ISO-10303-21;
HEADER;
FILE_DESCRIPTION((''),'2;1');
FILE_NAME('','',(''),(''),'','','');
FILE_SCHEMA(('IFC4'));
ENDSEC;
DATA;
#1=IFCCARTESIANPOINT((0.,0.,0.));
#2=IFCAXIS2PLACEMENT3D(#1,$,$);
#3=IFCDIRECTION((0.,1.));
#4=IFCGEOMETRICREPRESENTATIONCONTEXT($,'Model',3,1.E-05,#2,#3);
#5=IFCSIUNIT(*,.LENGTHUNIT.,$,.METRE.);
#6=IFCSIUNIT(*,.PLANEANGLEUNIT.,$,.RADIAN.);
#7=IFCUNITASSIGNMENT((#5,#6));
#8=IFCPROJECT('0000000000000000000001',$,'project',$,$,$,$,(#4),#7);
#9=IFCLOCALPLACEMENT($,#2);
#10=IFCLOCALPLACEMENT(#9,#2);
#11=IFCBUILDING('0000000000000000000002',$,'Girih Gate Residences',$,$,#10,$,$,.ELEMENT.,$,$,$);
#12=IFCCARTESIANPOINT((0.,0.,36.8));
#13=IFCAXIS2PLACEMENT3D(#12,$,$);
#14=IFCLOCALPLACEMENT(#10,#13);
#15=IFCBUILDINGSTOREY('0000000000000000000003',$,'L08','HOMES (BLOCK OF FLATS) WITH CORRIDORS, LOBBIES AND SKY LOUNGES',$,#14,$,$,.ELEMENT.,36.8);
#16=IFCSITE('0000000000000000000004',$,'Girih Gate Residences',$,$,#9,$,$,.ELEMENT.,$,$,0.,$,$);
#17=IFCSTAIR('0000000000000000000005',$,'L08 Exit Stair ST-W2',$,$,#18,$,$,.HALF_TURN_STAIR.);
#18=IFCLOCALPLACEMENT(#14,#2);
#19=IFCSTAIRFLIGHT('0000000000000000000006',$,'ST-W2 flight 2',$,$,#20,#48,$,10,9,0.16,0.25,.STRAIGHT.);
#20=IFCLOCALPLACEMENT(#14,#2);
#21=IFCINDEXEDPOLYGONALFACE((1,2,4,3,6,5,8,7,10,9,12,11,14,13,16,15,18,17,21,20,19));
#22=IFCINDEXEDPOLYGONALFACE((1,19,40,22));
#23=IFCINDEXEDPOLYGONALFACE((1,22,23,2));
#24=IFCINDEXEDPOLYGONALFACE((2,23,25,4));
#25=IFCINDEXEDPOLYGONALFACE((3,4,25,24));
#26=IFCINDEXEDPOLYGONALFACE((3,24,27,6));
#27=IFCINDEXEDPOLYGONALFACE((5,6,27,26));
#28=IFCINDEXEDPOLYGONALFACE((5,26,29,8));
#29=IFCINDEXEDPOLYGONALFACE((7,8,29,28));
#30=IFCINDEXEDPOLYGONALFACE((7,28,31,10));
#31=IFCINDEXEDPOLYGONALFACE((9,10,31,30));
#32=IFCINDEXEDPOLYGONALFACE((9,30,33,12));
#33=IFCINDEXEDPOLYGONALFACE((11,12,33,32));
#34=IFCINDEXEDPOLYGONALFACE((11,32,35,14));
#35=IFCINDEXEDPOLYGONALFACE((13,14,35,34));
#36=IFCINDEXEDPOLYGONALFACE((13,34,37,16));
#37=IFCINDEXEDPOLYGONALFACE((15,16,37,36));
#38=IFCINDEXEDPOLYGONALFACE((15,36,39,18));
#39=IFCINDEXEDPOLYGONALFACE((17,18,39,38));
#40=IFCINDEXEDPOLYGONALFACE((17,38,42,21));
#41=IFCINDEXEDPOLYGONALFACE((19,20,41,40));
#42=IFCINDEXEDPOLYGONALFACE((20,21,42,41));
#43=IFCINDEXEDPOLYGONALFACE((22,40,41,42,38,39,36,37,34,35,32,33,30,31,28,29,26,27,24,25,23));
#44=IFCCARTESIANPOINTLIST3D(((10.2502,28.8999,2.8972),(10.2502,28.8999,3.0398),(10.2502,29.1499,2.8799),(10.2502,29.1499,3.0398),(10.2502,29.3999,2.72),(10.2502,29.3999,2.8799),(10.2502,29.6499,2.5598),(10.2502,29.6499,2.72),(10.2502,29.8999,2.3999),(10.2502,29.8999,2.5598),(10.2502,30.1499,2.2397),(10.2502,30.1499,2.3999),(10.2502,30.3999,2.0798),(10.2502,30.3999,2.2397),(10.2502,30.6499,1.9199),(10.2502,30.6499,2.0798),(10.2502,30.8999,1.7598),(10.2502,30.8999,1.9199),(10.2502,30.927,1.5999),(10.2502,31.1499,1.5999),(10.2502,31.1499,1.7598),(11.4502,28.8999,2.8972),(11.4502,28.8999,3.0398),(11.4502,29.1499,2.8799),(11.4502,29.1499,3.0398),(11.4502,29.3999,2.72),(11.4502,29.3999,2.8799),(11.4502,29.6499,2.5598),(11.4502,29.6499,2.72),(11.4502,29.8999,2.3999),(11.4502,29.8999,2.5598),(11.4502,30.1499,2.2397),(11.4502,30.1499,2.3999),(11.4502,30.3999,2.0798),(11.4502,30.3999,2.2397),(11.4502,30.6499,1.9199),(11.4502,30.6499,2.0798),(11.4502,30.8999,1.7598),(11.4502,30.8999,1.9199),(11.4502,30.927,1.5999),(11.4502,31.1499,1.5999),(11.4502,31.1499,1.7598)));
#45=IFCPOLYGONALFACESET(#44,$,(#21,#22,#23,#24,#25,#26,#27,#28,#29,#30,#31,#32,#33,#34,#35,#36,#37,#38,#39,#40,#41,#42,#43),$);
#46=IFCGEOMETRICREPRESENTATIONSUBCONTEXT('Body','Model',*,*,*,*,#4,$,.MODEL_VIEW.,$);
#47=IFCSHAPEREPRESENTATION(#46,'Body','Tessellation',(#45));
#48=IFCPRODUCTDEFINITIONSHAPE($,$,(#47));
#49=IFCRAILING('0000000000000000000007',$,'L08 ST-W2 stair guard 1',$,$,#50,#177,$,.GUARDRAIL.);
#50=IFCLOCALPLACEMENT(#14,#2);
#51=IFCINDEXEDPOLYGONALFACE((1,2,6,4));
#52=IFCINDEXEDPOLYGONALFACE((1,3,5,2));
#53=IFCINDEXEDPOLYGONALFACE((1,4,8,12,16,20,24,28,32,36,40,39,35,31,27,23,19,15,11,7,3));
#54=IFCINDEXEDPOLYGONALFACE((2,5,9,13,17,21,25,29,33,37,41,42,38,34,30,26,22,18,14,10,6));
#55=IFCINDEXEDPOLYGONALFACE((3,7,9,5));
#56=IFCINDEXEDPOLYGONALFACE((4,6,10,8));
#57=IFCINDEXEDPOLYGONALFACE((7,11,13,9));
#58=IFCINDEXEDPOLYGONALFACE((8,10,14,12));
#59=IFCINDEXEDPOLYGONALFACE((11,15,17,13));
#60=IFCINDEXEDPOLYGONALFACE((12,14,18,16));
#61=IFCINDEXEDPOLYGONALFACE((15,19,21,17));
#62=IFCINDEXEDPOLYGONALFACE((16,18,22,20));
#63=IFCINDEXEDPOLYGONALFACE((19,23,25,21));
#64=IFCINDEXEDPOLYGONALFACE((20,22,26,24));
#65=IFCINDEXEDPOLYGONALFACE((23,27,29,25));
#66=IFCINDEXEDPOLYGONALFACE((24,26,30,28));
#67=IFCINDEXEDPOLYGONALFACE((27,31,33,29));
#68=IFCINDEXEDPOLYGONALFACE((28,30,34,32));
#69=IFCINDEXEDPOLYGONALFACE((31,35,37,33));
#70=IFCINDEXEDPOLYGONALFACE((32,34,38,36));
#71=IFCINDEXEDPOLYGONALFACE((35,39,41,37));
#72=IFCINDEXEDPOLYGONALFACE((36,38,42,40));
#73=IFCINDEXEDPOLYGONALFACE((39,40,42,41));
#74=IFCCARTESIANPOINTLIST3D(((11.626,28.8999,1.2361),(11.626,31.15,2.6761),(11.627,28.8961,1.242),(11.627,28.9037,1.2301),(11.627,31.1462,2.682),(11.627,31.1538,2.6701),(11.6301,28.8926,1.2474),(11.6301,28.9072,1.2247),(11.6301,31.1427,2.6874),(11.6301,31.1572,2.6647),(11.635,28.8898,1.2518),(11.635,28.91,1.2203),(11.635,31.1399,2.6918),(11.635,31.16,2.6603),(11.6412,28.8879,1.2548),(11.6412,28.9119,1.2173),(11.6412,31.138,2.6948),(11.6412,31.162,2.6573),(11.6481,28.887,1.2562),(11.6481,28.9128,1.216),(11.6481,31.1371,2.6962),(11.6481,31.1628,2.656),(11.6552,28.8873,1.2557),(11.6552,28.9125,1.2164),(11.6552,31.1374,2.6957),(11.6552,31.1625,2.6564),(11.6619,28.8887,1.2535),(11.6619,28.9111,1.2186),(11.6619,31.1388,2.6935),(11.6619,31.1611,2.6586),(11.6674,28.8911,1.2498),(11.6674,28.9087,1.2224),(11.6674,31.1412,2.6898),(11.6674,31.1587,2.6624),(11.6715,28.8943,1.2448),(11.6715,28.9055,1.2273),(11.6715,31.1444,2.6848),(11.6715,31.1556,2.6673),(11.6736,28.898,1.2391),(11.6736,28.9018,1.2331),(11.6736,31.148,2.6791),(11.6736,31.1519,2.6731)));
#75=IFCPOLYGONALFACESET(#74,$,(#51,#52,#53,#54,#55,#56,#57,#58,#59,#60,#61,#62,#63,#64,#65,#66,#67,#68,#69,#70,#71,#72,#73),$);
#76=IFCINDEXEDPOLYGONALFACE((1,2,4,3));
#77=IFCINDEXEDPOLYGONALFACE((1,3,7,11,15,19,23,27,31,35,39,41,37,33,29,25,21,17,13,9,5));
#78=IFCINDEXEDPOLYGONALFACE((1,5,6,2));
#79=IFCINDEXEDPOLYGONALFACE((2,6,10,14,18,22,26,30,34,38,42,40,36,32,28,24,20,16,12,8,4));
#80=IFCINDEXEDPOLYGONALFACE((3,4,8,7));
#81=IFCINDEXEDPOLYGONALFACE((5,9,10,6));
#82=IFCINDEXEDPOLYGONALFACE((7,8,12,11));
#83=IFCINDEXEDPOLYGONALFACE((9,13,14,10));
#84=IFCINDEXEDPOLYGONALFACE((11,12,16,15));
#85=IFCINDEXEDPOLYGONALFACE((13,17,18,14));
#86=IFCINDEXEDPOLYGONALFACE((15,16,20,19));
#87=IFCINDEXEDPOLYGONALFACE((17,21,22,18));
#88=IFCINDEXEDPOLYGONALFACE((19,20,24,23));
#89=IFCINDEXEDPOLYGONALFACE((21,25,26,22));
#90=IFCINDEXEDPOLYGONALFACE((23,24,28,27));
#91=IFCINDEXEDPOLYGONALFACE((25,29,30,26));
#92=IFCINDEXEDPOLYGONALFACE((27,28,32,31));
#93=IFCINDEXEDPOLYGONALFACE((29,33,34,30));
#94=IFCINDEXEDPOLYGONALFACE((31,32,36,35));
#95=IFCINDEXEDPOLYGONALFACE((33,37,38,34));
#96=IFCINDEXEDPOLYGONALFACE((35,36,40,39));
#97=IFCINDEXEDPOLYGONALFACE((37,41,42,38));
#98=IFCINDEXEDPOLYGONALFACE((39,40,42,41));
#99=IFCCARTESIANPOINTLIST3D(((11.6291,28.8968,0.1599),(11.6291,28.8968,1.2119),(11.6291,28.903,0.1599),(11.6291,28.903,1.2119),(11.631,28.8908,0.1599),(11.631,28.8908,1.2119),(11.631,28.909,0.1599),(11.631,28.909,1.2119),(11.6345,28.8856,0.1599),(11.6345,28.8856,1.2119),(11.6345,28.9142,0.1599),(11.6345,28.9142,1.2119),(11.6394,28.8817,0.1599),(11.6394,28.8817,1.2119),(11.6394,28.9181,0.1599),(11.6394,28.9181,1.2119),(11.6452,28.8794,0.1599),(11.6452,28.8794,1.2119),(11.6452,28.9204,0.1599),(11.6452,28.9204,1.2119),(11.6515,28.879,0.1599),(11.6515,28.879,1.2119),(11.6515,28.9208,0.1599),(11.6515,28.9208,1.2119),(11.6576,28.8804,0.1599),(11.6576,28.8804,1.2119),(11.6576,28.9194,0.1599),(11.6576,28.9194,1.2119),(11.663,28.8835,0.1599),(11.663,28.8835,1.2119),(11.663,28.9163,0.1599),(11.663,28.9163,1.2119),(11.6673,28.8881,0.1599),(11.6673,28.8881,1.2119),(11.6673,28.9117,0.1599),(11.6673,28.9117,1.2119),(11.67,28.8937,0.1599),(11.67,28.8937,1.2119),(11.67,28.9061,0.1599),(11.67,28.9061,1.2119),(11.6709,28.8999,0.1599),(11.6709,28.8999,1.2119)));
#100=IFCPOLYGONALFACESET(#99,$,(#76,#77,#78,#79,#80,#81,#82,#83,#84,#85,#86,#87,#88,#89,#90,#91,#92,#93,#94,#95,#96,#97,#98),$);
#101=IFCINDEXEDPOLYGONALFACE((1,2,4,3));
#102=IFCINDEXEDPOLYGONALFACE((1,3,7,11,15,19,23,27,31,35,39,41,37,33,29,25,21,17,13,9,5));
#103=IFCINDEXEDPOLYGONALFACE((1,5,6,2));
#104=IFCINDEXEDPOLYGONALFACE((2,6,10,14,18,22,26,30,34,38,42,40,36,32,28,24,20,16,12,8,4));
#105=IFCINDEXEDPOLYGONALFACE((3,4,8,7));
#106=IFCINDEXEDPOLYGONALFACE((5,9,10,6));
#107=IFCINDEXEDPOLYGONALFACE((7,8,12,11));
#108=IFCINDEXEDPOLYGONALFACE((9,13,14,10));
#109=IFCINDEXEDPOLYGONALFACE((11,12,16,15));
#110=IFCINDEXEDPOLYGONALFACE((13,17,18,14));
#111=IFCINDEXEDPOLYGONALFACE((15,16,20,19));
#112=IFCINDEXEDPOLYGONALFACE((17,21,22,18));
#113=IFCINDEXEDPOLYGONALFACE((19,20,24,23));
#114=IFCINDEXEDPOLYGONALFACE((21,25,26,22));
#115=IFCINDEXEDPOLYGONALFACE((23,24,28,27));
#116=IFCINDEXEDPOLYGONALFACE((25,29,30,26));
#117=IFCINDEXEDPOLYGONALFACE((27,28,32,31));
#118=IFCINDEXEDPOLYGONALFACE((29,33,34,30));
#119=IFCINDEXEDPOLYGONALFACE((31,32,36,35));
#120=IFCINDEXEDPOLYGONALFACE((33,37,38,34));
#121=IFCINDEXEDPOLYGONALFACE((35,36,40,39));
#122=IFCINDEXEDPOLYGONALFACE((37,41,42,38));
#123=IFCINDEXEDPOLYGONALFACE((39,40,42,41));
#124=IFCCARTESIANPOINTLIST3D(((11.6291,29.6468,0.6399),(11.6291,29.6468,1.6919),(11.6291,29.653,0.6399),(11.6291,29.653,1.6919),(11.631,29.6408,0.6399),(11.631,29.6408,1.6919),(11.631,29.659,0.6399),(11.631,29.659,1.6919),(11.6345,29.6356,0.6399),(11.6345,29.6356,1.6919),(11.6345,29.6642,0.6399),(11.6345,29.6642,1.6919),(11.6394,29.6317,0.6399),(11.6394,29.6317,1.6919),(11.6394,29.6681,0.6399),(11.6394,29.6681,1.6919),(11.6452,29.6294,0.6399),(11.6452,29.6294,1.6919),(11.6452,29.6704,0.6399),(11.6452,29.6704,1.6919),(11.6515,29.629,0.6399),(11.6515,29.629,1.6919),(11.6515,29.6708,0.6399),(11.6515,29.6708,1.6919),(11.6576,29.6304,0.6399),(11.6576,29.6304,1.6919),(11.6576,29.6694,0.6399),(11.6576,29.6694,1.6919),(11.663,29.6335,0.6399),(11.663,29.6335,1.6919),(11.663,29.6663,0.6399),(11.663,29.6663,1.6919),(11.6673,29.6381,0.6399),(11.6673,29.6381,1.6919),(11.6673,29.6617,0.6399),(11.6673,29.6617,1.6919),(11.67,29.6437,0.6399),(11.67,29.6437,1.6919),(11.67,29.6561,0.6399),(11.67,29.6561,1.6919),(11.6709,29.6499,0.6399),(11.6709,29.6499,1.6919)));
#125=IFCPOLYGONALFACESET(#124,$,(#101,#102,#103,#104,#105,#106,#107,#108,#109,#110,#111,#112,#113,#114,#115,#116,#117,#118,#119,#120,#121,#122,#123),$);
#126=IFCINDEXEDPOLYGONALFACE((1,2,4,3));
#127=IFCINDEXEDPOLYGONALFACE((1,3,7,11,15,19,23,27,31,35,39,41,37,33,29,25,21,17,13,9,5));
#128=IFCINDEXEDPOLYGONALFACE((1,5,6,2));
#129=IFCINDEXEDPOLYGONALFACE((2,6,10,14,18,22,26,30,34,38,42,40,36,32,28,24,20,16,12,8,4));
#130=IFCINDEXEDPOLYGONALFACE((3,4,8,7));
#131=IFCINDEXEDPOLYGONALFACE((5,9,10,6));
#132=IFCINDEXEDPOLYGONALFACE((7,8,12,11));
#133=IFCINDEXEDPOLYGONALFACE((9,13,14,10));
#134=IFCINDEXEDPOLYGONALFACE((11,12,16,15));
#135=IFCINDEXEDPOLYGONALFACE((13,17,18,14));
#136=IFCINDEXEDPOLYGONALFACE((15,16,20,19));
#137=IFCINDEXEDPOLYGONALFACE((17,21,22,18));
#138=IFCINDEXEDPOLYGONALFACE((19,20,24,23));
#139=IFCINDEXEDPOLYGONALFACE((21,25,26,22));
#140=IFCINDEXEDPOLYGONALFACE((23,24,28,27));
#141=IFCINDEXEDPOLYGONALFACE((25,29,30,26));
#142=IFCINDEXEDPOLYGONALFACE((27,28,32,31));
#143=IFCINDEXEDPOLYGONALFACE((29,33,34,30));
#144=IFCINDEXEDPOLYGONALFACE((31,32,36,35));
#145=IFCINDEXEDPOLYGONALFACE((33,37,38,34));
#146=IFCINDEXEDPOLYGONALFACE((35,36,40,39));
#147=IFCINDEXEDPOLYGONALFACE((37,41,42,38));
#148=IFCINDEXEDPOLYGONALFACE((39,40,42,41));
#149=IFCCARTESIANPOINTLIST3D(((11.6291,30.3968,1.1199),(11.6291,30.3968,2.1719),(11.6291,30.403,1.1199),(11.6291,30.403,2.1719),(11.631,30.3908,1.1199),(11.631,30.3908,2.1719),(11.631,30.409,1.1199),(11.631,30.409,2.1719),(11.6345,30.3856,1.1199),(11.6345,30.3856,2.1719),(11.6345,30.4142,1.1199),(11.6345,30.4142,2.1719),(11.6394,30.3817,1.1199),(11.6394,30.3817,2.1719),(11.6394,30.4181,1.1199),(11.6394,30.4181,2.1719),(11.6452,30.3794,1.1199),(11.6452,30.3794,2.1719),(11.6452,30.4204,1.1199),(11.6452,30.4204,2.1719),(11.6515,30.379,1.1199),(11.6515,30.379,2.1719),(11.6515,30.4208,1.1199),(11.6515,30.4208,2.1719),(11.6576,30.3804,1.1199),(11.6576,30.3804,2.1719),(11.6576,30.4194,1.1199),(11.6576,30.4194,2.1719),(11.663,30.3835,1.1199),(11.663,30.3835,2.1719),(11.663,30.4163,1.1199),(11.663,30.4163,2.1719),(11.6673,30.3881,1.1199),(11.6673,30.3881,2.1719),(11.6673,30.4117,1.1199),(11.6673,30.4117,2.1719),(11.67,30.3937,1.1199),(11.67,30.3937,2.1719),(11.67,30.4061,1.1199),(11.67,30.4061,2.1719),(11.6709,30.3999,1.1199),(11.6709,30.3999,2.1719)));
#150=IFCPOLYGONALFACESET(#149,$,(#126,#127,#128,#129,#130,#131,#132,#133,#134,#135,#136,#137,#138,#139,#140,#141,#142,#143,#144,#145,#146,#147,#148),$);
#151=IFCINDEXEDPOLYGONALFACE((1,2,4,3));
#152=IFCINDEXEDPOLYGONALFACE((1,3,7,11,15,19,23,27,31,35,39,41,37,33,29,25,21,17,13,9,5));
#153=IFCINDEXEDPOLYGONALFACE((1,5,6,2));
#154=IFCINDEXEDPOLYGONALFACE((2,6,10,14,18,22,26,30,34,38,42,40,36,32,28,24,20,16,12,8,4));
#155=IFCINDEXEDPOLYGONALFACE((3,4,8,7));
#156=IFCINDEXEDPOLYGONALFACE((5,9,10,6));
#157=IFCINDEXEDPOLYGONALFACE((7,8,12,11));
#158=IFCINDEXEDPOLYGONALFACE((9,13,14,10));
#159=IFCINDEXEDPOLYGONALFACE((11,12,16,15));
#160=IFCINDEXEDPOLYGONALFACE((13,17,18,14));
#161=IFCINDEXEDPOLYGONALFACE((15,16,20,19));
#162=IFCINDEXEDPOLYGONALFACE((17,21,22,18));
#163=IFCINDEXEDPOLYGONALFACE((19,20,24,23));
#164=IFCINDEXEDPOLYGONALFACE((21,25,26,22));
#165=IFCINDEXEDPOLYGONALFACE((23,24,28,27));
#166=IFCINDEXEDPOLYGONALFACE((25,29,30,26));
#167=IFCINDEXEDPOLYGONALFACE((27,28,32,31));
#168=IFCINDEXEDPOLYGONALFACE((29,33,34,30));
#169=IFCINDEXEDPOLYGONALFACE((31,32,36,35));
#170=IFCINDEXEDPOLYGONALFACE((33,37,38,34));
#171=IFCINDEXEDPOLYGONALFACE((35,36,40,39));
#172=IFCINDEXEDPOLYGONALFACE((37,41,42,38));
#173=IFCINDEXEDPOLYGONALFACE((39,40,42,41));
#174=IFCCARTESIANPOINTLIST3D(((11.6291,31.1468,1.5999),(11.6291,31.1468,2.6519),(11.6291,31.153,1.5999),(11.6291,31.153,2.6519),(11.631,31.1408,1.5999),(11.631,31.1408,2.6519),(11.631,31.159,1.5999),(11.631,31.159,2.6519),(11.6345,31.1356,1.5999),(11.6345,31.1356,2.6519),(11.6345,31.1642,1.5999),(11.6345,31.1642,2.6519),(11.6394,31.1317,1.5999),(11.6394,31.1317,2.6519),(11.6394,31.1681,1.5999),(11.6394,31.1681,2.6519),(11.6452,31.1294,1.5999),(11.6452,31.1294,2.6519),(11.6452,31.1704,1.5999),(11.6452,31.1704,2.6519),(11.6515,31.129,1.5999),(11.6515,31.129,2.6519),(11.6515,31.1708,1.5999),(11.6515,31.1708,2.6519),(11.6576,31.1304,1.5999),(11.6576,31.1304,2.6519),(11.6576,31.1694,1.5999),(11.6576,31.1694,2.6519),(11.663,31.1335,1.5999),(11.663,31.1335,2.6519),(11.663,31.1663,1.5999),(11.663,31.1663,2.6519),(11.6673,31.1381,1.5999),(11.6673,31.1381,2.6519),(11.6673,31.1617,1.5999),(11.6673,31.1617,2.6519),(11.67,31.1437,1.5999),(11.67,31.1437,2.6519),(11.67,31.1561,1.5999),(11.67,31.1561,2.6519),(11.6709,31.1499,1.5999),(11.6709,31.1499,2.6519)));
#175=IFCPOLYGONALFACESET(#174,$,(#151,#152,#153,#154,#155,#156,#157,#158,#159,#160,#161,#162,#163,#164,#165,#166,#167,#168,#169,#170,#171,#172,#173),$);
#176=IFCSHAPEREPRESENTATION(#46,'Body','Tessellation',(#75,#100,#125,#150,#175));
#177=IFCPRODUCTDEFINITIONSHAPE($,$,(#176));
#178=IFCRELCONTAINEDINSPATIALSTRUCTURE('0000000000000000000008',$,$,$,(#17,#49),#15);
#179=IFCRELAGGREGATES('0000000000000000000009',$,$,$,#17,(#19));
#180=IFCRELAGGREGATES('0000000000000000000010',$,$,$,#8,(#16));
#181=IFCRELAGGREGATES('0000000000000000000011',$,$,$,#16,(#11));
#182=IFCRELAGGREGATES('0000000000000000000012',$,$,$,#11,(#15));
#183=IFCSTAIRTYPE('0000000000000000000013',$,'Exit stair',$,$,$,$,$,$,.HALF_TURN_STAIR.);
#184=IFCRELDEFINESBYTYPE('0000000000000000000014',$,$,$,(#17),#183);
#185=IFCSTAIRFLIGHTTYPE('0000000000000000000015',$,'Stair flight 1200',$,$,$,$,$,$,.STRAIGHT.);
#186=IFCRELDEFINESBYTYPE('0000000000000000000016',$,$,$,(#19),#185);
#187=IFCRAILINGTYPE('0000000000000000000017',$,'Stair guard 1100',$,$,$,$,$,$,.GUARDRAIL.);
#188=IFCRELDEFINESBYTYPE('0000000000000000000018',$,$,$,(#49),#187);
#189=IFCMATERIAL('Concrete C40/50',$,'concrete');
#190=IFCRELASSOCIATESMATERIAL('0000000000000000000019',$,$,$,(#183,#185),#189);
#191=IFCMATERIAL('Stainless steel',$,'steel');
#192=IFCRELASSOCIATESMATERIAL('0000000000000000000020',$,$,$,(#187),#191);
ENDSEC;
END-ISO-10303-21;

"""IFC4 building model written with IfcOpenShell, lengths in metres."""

from ifc_helpers import new_model, si_unit, direction, frame, origin, origin_2d, place, context, subcontext, project, spatial, polyline, circle, outline, extrude, material, type_object, element, aggregate, save


model = new_model("IFC4")

# Units and contexts
model_context = context("Model", 3, precision=1e-05, world=origin(), true_north=direction((0.0, 1.0)))
body_context = subcontext(model_context, "Body", "Model", "MODEL_VIEW")
ifc_project = project(units=[si_unit("LENGTHUNIT", "METRE"), si_unit("PLANEANGLEUNIT", "RADIAN")], contexts=[model_context])

# Site, building, storey
site_placement = place(None, origin())
site = spatial("IfcSite", under=ifc_project, at=site_placement, Name="Girih Gate Residences", CompositionType="ELEMENT", RefElevation=0.0)
building_placement = place(site_placement, origin())
building = spatial("IfcBuilding", under=site, at=building_placement, Name="Girih Gate Residences", CompositionType="ELEMENT")
storey_placement = place(building_placement, frame((0.0, 0.0, 36.8)))
storey = spatial("IfcBuildingStorey", under=building, at=storey_placement, Name="L08", Description="HOMES (BLOCK OF FLATS) WITH CORRIDORS, LOBBIES AND SKY LOUNGES", CompositionType="ELEMENT", Elevation=36.8)

# Shared definitions
ifc_material_1 = material(Name="Concrete C40/50", Category="concrete")

# Stair, stair flight
stair_type = type_object("IfcStairType", Name="Exit stair", PredefinedType="HALF_TURN_STAIR", material=ifc_material_1)
stair_placement = place(storey_placement, origin())
stair = element("IfcStair", 1, at=stair_placement, inside=storey, type_object=stair_type, Name="L08 Exit Stair ST-W2", PredefinedType="HALF_TURN_STAIR")
stair_flight_type = type_object("IfcStairFlightType", Name="Stair flight 1200", PredefinedType="STRAIGHT", material=ifc_material_1)
stair_flight_1_placement = place(storey_placement, frame((10.8501, 31.1499, 1.5999), z_axis=(0.0, 0.0, 1.0), x_axis=(0.0, -1.0, 0.0)))
stair_flight_1 = element("IfcStairFlight", 2, at=stair_flight_1_placement, type_object=stair_flight_type, Name="ST-W2 flight 2", NumberOfRisers=10, NumberOfTreads=9, PredefinedType="STRAIGHT", RiserHeight=0.16, TreadLength=0.25, context=body_context, shape_type="SweptSolid", body=[
    extrude(outline(polyline([(0.0, 0.0), (0.0, 0.1599), (0.25, 0.1599), (0.25, 0.3201), (0.5, 0.3201), (0.5, 0.48), (0.75, 0.48), (0.75, 0.6399), (1.0, 0.6399), (1.0, 0.8), (1.25, 0.8), (1.25, 0.96), (1.5, 0.96), (1.5, 1.1201), (1.75, 1.1201), (1.75, 1.28), (2.0, 1.28), (2.0, 1.4399), (2.25, 1.4399), (2.25, 1.6001), (2.25, 1.2974), (0.2229, 0.0), (0.0, 0.0)])), frame((0.0, 0.6001, 0.0), z_axis=(0.0, -1.0, 0.0), x_axis=(1.0, 0.0, 0.0)), (0.0, 0.0, 1.0), 1.2),
])
aggregate(stair, [stair_flight_1])

# Railing
ifc_material_2 = material(Name="Stainless steel", Category="steel")
railing_type_1 = type_object("IfcRailingType", Name="Stair guard 1100", PredefinedType="GUARDRAIL", material=ifc_material_2)
railing_1_placement = place(storey_placement, frame((11.6499, 28.8999, 0.1599)))
element("IfcRailing", 3, at=railing_1_placement, inside=storey, type_object=railing_type_1, Name="L08 ST-W2 stair guard 1", PredefinedType="GUARDRAIL", context=body_context, shape_type="SweptSolid", body=[
    extrude(circle(Radius=0.0239, at=origin_2d()), frame((0.0, 0.0, 1.0762), z_axis=(0.0, 0.842281, 0.539038), x_axis=(-1.0, 0.0, 0.0)), (0.0, 0.0, 1.0), 2.6714),
    extrude(circle(Radius=0.021, at=origin_2d()), origin(), (0.0, 0.0, 1.0), 1.052),
    extrude(circle(Radius=0.021, at=origin_2d()), frame((0.0, 0.75, 0.48)), (0.0, 0.0, 1.0), 1.052),
    extrude(circle(Radius=0.021, at=origin_2d()), frame((0.0, 1.5, 0.96)), (0.0, 0.0, 1.0), 1.052),
    extrude(circle(Radius=0.021, at=origin_2d()), frame((0.0, 2.25, 1.4399)), (0.0, 0.0, 1.0), 1.052),
])

save(model, "model.ifc")
